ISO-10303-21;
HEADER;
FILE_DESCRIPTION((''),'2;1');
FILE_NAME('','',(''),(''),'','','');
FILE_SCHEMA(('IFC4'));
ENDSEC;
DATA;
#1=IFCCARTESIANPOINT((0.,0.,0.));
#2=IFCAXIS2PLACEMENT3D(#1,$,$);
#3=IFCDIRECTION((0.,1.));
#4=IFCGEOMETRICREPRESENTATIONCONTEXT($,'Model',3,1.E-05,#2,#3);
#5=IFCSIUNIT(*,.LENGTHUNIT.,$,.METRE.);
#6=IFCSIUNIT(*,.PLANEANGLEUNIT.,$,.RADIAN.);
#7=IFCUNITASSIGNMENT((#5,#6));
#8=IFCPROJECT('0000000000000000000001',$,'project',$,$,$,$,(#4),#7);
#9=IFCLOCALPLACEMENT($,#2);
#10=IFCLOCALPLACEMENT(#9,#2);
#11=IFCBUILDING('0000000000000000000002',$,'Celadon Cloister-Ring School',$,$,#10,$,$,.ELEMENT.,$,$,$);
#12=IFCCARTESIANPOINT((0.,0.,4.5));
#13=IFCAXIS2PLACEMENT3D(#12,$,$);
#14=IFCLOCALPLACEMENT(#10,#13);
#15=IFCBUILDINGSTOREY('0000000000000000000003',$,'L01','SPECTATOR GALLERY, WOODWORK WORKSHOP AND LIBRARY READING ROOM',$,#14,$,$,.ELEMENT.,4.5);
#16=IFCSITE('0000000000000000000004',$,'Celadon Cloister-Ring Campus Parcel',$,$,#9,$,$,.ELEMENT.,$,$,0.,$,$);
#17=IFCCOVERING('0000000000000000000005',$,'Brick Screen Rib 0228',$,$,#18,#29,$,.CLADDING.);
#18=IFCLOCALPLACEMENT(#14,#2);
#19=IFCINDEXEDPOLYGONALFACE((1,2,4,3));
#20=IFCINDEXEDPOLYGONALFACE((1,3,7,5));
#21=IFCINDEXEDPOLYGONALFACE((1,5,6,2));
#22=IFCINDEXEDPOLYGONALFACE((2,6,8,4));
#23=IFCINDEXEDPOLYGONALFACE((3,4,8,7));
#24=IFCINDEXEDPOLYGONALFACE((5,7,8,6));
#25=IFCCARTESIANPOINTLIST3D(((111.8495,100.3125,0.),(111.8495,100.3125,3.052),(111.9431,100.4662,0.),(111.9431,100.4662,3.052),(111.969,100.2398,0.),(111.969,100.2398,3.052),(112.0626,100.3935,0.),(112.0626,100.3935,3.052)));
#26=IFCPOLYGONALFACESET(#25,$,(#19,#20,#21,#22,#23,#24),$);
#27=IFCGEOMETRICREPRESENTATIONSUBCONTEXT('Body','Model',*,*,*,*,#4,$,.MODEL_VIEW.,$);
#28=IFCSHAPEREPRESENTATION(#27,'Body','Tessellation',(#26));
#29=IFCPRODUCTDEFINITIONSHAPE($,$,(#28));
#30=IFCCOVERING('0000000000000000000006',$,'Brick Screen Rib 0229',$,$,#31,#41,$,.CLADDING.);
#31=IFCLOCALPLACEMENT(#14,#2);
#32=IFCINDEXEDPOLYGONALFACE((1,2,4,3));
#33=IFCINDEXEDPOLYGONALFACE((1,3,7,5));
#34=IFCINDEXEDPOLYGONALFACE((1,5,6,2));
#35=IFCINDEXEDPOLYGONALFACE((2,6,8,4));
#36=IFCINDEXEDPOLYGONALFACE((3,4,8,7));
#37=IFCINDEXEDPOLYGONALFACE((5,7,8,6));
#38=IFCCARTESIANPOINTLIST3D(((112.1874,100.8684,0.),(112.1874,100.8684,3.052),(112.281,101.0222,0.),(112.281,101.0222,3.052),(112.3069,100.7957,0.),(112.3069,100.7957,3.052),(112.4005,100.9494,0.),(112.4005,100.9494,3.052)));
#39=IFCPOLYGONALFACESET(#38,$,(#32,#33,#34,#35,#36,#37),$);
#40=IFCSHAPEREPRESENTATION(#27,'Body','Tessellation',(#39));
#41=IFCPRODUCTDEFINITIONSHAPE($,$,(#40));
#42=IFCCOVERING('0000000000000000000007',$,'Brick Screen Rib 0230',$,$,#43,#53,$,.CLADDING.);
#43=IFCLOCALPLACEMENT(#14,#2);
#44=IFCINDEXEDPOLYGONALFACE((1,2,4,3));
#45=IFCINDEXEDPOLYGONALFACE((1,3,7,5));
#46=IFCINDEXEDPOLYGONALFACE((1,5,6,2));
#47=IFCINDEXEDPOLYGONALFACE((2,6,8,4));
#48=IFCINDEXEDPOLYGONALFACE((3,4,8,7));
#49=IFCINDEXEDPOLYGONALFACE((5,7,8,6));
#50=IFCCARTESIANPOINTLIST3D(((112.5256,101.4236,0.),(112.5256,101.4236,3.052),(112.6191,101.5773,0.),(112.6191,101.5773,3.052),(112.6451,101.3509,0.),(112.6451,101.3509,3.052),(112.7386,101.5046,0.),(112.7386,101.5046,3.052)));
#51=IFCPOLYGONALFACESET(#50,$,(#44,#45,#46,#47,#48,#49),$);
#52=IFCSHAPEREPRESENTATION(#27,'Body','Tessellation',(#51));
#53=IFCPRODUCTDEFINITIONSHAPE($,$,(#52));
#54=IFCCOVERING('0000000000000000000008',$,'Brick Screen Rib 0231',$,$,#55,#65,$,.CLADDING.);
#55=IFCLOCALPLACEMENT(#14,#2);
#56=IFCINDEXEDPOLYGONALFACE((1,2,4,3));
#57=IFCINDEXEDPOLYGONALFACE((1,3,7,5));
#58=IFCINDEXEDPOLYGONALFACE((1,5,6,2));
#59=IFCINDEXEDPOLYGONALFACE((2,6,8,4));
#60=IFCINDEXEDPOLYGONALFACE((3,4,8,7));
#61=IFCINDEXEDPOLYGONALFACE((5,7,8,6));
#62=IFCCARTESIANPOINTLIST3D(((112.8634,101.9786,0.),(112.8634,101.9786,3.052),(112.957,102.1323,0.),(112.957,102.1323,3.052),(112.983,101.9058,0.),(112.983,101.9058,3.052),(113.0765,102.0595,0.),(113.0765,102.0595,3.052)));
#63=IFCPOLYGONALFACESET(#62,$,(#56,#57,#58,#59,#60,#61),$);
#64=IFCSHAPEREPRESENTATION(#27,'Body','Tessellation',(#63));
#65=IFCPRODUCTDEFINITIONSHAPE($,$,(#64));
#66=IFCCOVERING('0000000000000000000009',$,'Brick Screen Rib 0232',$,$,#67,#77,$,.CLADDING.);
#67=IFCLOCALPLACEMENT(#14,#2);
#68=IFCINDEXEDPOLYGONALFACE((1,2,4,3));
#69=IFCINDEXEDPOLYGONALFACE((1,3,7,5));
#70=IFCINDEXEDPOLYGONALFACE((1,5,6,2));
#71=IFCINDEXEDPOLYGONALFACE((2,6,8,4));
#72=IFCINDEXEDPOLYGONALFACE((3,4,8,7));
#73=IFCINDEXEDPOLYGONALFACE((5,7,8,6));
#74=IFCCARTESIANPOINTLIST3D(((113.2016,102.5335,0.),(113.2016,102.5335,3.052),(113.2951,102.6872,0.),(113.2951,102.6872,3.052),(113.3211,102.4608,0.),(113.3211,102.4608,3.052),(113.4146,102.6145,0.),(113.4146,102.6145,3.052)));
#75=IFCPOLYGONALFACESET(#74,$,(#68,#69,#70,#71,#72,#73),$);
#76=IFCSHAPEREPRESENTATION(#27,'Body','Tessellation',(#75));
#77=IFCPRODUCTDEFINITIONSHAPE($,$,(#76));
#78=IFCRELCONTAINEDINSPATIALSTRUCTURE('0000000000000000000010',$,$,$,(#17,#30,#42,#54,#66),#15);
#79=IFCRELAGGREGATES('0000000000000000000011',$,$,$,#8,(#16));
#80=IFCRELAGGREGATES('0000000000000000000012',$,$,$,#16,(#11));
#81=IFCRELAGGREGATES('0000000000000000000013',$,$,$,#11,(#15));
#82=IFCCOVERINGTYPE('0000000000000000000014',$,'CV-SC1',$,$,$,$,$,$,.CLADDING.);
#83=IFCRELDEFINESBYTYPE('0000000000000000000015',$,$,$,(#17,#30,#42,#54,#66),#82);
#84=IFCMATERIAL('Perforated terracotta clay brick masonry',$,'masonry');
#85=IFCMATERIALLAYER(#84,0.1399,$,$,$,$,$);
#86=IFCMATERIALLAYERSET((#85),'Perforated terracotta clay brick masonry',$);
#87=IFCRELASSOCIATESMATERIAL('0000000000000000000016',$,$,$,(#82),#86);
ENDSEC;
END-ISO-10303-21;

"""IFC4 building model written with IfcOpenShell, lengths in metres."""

from ifc_helpers import new_model, si_unit, direction, frame, origin, origin_2d, place, context, subcontext, project, spatial, rectangle, extrude, material, layer, layer_set, type_object, element, save


model = new_model("IFC4")

# Units and contexts
model_context = context("Model", 3, precision=1e-05, world=origin(), true_north=direction((0.0, 1.0)))
body_context = subcontext(model_context, "Body", "Model", "MODEL_VIEW")
ifc_project = project(units=[si_unit("LENGTHUNIT", "METRE"), si_unit("PLANEANGLEUNIT", "RADIAN")], contexts=[model_context])

# Site, building, storey
site_placement = place(None, origin())
site = spatial("IfcSite", under=ifc_project, at=site_placement, Name="Celadon Cloister-Ring Campus Parcel", CompositionType="ELEMENT", RefElevation=0.0)
building_placement = place(site_placement, origin())
building = spatial("IfcBuilding", under=site, at=building_placement, Name="Celadon Cloister-Ring School", CompositionType="ELEMENT")
storey_placement = place(building_placement, frame((0.0, 0.0, 4.5)))
storey = spatial("IfcBuildingStorey", under=building, at=storey_placement, Name="L01", Description="SPECTATOR GALLERY, WOODWORK WORKSHOP AND LIBRARY READING ROOM", CompositionType="ELEMENT", Elevation=4.5)

# Coverings
ifc_material_1 = material(Name="Perforated terracotta clay brick masonry", Category="masonry")
ifc_layer_1 = layer(ifc_material_1, 0.1399)
ifc_layer_set_1 = layer_set([ifc_layer_1], Name="Perforated terracotta clay brick masonry")
covering_type = type_object("IfcCoveringType", Name="CV-SC1", PredefinedType="CLADDING", material=ifc_layer_set_1)
for number, where, z_axis, x_axis, name in (
    (1, (111.9561, 100.353, 0.0), (0.0, 0.0, 1.0), (0.519862, 0.85425, 0.0), "Brick Screen Rib 0228"),
    (2, (112.2939, 100.9089, 0.0), (0.0, 0.0, 1.0), (0.519862, 0.85425, 0.0), "Brick Screen Rib 0229"),
    (3, (112.6321, 101.4641, 0.0), (0.0, 0.0, 1.0), (0.519862, 0.85425, 0.0), "Brick Screen Rib 0230"),
    (4, (112.97, 102.019, 0.0), (0.0, 0.0, 1.0), (0.519862, 0.85425, 0.0), "Brick Screen Rib 0231"),
    (5, (113.3081, 102.574, 0.0), (0.0, 0.0, 1.0), (0.519862, 0.85425, 0.0), "Brick Screen Rib 0232"),
):
    element("IfcCovering", number, at=place(storey_placement, frame(where, z_axis=z_axis, x_axis=x_axis)), inside=storey, type_object=covering_type, Name=name, PredefinedType="CLADDING", context=body_context, shape_type="SweptSolid", body=[
        extrude(rectangle(XDim=0.1799, YDim=0.1399, at=origin_2d()), origin(), (0.0, 0.0, 1.0), 3.052),
    ])

save(model, "model.ifc")
